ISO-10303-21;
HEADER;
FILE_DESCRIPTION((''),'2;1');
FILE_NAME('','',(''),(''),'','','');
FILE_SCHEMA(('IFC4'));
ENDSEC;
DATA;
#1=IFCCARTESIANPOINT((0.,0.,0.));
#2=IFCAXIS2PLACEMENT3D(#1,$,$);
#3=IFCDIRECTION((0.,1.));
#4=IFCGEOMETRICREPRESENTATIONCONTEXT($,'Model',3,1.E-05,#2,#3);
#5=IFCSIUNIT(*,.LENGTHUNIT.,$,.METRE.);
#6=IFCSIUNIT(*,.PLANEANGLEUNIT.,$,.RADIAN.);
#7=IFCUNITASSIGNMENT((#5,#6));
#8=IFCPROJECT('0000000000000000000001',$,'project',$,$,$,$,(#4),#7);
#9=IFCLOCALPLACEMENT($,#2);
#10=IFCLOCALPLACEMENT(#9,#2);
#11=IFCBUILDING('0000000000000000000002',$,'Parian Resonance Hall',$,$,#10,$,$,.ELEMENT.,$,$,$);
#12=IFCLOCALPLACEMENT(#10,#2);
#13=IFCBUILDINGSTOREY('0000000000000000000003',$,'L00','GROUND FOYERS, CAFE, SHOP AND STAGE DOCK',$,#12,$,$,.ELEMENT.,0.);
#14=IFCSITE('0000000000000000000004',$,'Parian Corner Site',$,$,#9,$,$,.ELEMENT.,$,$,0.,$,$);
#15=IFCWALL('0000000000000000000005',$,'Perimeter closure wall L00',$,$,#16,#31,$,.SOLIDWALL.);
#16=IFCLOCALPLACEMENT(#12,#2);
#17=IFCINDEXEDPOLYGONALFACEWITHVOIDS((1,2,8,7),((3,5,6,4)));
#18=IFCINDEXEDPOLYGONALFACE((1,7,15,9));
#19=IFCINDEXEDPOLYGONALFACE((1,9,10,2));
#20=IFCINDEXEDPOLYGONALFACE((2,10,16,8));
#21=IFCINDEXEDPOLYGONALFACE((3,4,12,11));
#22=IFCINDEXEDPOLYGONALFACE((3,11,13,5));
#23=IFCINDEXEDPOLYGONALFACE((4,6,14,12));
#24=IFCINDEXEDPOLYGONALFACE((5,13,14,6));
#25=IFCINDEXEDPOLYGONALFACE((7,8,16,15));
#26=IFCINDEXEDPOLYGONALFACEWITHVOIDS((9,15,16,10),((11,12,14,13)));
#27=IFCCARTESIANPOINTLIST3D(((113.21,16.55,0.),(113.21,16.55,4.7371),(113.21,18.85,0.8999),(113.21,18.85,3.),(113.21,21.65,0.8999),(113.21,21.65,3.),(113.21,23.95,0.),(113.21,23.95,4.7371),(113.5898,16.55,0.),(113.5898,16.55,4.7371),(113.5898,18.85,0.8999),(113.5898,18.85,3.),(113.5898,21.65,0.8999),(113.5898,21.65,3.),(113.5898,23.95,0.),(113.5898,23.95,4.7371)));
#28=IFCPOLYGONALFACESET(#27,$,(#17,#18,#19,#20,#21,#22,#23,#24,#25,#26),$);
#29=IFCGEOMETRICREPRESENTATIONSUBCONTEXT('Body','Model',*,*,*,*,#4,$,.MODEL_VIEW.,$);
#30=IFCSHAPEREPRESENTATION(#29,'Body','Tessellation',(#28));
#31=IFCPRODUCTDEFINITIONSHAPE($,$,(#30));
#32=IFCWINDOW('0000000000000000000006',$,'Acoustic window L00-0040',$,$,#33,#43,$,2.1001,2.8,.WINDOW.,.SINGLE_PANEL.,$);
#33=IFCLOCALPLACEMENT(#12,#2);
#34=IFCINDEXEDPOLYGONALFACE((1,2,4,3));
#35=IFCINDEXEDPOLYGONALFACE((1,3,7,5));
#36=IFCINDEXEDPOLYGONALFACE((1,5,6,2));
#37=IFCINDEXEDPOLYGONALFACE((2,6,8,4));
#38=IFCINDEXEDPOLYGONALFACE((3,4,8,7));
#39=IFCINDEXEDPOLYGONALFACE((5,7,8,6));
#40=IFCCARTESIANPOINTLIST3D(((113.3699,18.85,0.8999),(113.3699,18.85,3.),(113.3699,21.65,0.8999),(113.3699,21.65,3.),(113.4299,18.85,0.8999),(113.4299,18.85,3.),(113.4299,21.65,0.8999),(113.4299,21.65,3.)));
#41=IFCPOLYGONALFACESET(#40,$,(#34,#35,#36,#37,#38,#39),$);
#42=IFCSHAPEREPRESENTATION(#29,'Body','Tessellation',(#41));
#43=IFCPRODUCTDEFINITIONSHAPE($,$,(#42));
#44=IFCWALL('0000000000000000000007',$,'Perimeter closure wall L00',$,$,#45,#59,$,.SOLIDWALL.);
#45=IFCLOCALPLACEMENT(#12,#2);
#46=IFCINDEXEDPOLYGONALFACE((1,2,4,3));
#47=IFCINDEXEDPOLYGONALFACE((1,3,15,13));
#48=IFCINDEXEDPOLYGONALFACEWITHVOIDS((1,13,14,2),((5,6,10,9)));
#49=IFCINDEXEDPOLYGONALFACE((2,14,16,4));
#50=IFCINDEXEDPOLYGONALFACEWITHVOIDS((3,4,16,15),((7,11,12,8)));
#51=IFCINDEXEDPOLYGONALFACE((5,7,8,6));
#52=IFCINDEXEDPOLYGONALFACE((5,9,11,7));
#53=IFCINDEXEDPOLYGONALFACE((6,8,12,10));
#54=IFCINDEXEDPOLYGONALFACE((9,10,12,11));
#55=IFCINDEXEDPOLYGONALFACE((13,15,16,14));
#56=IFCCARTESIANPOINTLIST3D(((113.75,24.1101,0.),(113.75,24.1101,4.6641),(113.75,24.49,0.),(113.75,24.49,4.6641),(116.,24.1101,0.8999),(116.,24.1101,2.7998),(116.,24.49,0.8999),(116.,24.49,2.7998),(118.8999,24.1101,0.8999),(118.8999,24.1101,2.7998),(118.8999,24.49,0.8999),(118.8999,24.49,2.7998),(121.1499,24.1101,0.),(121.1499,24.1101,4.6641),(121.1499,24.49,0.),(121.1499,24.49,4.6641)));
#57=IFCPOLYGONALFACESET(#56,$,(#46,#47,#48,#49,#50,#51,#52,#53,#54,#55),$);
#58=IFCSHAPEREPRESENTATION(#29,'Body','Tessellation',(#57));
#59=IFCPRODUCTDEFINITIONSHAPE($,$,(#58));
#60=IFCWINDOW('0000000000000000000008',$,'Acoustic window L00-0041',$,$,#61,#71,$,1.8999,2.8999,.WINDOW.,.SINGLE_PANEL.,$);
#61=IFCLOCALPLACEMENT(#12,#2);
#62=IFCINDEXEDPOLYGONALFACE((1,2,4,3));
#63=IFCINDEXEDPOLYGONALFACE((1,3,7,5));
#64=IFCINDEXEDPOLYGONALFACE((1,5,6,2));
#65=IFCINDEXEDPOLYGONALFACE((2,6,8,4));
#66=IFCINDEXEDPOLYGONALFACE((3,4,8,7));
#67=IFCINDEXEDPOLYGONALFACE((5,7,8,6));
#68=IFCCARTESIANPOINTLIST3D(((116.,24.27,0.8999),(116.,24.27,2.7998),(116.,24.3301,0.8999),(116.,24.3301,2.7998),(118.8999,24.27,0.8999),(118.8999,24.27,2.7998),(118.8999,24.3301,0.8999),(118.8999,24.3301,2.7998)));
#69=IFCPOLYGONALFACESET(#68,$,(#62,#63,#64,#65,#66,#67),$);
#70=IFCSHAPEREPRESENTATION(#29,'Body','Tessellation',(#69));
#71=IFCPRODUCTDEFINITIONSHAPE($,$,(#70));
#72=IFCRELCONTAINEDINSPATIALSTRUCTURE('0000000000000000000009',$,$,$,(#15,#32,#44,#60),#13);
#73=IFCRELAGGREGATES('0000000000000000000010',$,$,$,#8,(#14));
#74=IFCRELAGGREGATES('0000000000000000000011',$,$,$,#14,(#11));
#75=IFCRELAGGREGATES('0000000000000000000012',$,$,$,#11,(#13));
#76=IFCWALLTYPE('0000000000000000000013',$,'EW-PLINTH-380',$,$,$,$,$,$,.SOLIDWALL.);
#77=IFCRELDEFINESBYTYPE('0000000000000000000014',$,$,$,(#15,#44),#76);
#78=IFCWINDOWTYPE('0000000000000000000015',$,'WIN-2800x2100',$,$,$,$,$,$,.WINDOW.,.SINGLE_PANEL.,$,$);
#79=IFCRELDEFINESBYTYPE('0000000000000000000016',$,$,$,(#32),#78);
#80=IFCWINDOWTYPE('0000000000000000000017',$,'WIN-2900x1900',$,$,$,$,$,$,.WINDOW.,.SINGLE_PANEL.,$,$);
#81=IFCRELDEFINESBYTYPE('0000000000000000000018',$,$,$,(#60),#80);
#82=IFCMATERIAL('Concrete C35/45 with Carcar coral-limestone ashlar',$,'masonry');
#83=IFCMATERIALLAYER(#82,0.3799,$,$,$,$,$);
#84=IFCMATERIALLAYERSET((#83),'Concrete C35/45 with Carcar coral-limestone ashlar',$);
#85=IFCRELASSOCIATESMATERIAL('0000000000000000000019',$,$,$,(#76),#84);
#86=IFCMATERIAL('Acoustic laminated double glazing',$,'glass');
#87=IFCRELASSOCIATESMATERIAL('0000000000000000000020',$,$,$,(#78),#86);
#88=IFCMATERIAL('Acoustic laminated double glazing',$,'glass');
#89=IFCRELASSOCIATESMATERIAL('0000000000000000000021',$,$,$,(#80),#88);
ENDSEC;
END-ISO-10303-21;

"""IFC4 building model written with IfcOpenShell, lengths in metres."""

from ifc_helpers import new_model, si_unit, direction, frame, frame_2d, origin, place, context, subcontext, project, spatial, rectangle, extrude, material, layer, layer_set, type_object, element, fill, save


model = new_model("IFC4")

# Units and contexts
model_context = context("Model", 3, precision=1e-05, world=origin(), true_north=direction((0.0, 1.0)))
body_context = subcontext(model_context, "Body", "Model", "MODEL_VIEW")
ifc_project = project(units=[si_unit("LENGTHUNIT", "METRE"), si_unit("PLANEANGLEUNIT", "RADIAN")], contexts=[model_context])

# Site, building, storey
site_placement = place(None, origin())
site = spatial("IfcSite", under=ifc_project, at=site_placement, Name="Parian Corner Site", CompositionType="ELEMENT", RefElevation=0.0)
building_placement = place(site_placement, origin())
building = spatial("IfcBuilding", under=site, at=building_placement, Name="Parian Resonance Hall", CompositionType="ELEMENT")
storey_placement = place(building_placement, origin())
storey = spatial("IfcBuildingStorey", under=building, at=storey_placement, Name="L00", Description="GROUND FOYERS, CAFE, SHOP AND STAGE DOCK", CompositionType="ELEMENT", Elevation=0.0)

# Shared definitions
ifc_material_1 = material(Name="Concrete C35/45 with Carcar coral-limestone ashlar", Category="masonry")
ifc_layer = layer(ifc_material_1, 0.3799)
ifc_layer_set = layer_set([ifc_layer], Name="Concrete C35/45 with Carcar coral-limestone ashlar")
wall_type = type_object("IfcWallType", Name="EW-PLINTH-380", PredefinedType="SOLIDWALL", material=ifc_layer_set)

# Walls, openings, windows
wall_1_placement = place(storey_placement, frame((113.3999, 16.55, 0.0), z_axis=(0.0, 0.0, 1.0), x_axis=(0.0, 1.0, 0.0)))
wall_1 = element("IfcWall", 1, at=wall_1_placement, inside=storey, type_object=wall_type, Name="Perimeter closure wall L00", PredefinedType="SOLIDWALL", context=body_context, shape_type="SweptSolid", body=[
    extrude(rectangle(XDim=7.3999, YDim=0.3799, at=frame_2d((3.7, 0.0))), origin(), (0.0, 0.0, 1.0), 4.7371),
])
opening_1_placement = place(wall_1_placement, frame((2.3, 0.0, 0.8999)))
opening_1 = element("IfcOpeningElement", 2, at=opening_1_placement, cuts=wall_1, PredefinedType="OPENING", context=body_context, shape_type="SweptSolid", body=[
    extrude(rectangle(XDim=2.8, YDim=2.1001, at=frame_2d((1.3999, 1.05))), frame((0.0, 0.2, 0.0), z_axis=(0.0, -1.0, 0.0), x_axis=(1.0, 0.0, 0.0)), (0.0, 0.0, 1.0), 0.3999),
])
ifc_material_2 = material(Name="Acoustic laminated double glazing", Category="glass")
window_type_1 = type_object("IfcWindowType", Name="WIN-2800x2100", PartitioningType="SINGLE_PANEL", PredefinedType="WINDOW", material=ifc_material_2)
window_1_placement = place(opening_1_placement, origin())
window_1 = element("IfcWindow", 3, at=window_1_placement, inside=storey, type_object=window_type_1, Name="Acoustic window L00-0040", OverallHeight=2.1001, OverallWidth=2.8, PartitioningType="SINGLE_PANEL", PredefinedType="WINDOW", context=body_context, shape_type="SweptSolid", body=[
    extrude(rectangle(XDim=2.8, YDim=2.1001, at=frame_2d((1.3999, 1.05))), frame((0.0, 0.03, 0.0), z_axis=(0.0, -1.0, 0.0), x_axis=(1.0, 0.0, 0.0)), (0.0, 0.0, 1.0), 0.0601),
])
fill(opening_1, window_1)
wall_2_placement = place(storey_placement, frame((113.75, 24.3, 0.0), z_axis=(0.0, 0.0, 1.0), x_axis=(1.0, 0.0, 0.0)))
wall_2 = element("IfcWall", 4, at=wall_2_placement, inside=storey, type_object=wall_type, Name="Perimeter closure wall L00", PredefinedType="SOLIDWALL", context=body_context, shape_type="SweptSolid", body=[
    extrude(rectangle(XDim=7.3999, YDim=0.3799, at=frame_2d((3.7, 0.0))), origin(), (0.0, 0.0, 1.0), 4.6641),
])
opening_2_placement = place(wall_2_placement, frame((2.25, 0.0, 0.8999)))
opening_2 = element("IfcOpeningElement", 5, at=opening_2_placement, cuts=wall_2, PredefinedType="OPENING", context=body_context, shape_type="SweptSolid", body=[
    extrude(rectangle(XDim=2.8999, YDim=1.8999, at=frame_2d((1.45, 0.95))), frame((0.0, 0.2, 0.0), z_axis=(0.0, -1.0, 0.0), x_axis=(1.0, 0.0, 0.0)), (0.0, 0.0, 1.0), 0.3999),
])
ifc_material_3 = material(Name="Acoustic laminated double glazing", Category="glass")
window_type_2 = type_object("IfcWindowType", Name="WIN-2900x1900", PartitioningType="SINGLE_PANEL", PredefinedType="WINDOW", material=ifc_material_3)
window_2_placement = place(opening_2_placement, origin())
window_2 = element("IfcWindow", 6, at=window_2_placement, inside=storey, type_object=window_type_2, Name="Acoustic window L00-0041", OverallHeight=1.8999, OverallWidth=2.8999, PartitioningType="SINGLE_PANEL", PredefinedType="WINDOW", context=body_context, shape_type="SweptSolid", body=[
    extrude(rectangle(XDim=2.8999, YDim=1.8999, at=frame_2d((1.45, 0.95))), frame((0.0, 0.03, 0.0), z_axis=(0.0, -1.0, 0.0), x_axis=(1.0, 0.0, 0.0)), (0.0, 0.0, 1.0), 0.0601),
])
fill(opening_2, window_2)

save(model, "model.ifc")
